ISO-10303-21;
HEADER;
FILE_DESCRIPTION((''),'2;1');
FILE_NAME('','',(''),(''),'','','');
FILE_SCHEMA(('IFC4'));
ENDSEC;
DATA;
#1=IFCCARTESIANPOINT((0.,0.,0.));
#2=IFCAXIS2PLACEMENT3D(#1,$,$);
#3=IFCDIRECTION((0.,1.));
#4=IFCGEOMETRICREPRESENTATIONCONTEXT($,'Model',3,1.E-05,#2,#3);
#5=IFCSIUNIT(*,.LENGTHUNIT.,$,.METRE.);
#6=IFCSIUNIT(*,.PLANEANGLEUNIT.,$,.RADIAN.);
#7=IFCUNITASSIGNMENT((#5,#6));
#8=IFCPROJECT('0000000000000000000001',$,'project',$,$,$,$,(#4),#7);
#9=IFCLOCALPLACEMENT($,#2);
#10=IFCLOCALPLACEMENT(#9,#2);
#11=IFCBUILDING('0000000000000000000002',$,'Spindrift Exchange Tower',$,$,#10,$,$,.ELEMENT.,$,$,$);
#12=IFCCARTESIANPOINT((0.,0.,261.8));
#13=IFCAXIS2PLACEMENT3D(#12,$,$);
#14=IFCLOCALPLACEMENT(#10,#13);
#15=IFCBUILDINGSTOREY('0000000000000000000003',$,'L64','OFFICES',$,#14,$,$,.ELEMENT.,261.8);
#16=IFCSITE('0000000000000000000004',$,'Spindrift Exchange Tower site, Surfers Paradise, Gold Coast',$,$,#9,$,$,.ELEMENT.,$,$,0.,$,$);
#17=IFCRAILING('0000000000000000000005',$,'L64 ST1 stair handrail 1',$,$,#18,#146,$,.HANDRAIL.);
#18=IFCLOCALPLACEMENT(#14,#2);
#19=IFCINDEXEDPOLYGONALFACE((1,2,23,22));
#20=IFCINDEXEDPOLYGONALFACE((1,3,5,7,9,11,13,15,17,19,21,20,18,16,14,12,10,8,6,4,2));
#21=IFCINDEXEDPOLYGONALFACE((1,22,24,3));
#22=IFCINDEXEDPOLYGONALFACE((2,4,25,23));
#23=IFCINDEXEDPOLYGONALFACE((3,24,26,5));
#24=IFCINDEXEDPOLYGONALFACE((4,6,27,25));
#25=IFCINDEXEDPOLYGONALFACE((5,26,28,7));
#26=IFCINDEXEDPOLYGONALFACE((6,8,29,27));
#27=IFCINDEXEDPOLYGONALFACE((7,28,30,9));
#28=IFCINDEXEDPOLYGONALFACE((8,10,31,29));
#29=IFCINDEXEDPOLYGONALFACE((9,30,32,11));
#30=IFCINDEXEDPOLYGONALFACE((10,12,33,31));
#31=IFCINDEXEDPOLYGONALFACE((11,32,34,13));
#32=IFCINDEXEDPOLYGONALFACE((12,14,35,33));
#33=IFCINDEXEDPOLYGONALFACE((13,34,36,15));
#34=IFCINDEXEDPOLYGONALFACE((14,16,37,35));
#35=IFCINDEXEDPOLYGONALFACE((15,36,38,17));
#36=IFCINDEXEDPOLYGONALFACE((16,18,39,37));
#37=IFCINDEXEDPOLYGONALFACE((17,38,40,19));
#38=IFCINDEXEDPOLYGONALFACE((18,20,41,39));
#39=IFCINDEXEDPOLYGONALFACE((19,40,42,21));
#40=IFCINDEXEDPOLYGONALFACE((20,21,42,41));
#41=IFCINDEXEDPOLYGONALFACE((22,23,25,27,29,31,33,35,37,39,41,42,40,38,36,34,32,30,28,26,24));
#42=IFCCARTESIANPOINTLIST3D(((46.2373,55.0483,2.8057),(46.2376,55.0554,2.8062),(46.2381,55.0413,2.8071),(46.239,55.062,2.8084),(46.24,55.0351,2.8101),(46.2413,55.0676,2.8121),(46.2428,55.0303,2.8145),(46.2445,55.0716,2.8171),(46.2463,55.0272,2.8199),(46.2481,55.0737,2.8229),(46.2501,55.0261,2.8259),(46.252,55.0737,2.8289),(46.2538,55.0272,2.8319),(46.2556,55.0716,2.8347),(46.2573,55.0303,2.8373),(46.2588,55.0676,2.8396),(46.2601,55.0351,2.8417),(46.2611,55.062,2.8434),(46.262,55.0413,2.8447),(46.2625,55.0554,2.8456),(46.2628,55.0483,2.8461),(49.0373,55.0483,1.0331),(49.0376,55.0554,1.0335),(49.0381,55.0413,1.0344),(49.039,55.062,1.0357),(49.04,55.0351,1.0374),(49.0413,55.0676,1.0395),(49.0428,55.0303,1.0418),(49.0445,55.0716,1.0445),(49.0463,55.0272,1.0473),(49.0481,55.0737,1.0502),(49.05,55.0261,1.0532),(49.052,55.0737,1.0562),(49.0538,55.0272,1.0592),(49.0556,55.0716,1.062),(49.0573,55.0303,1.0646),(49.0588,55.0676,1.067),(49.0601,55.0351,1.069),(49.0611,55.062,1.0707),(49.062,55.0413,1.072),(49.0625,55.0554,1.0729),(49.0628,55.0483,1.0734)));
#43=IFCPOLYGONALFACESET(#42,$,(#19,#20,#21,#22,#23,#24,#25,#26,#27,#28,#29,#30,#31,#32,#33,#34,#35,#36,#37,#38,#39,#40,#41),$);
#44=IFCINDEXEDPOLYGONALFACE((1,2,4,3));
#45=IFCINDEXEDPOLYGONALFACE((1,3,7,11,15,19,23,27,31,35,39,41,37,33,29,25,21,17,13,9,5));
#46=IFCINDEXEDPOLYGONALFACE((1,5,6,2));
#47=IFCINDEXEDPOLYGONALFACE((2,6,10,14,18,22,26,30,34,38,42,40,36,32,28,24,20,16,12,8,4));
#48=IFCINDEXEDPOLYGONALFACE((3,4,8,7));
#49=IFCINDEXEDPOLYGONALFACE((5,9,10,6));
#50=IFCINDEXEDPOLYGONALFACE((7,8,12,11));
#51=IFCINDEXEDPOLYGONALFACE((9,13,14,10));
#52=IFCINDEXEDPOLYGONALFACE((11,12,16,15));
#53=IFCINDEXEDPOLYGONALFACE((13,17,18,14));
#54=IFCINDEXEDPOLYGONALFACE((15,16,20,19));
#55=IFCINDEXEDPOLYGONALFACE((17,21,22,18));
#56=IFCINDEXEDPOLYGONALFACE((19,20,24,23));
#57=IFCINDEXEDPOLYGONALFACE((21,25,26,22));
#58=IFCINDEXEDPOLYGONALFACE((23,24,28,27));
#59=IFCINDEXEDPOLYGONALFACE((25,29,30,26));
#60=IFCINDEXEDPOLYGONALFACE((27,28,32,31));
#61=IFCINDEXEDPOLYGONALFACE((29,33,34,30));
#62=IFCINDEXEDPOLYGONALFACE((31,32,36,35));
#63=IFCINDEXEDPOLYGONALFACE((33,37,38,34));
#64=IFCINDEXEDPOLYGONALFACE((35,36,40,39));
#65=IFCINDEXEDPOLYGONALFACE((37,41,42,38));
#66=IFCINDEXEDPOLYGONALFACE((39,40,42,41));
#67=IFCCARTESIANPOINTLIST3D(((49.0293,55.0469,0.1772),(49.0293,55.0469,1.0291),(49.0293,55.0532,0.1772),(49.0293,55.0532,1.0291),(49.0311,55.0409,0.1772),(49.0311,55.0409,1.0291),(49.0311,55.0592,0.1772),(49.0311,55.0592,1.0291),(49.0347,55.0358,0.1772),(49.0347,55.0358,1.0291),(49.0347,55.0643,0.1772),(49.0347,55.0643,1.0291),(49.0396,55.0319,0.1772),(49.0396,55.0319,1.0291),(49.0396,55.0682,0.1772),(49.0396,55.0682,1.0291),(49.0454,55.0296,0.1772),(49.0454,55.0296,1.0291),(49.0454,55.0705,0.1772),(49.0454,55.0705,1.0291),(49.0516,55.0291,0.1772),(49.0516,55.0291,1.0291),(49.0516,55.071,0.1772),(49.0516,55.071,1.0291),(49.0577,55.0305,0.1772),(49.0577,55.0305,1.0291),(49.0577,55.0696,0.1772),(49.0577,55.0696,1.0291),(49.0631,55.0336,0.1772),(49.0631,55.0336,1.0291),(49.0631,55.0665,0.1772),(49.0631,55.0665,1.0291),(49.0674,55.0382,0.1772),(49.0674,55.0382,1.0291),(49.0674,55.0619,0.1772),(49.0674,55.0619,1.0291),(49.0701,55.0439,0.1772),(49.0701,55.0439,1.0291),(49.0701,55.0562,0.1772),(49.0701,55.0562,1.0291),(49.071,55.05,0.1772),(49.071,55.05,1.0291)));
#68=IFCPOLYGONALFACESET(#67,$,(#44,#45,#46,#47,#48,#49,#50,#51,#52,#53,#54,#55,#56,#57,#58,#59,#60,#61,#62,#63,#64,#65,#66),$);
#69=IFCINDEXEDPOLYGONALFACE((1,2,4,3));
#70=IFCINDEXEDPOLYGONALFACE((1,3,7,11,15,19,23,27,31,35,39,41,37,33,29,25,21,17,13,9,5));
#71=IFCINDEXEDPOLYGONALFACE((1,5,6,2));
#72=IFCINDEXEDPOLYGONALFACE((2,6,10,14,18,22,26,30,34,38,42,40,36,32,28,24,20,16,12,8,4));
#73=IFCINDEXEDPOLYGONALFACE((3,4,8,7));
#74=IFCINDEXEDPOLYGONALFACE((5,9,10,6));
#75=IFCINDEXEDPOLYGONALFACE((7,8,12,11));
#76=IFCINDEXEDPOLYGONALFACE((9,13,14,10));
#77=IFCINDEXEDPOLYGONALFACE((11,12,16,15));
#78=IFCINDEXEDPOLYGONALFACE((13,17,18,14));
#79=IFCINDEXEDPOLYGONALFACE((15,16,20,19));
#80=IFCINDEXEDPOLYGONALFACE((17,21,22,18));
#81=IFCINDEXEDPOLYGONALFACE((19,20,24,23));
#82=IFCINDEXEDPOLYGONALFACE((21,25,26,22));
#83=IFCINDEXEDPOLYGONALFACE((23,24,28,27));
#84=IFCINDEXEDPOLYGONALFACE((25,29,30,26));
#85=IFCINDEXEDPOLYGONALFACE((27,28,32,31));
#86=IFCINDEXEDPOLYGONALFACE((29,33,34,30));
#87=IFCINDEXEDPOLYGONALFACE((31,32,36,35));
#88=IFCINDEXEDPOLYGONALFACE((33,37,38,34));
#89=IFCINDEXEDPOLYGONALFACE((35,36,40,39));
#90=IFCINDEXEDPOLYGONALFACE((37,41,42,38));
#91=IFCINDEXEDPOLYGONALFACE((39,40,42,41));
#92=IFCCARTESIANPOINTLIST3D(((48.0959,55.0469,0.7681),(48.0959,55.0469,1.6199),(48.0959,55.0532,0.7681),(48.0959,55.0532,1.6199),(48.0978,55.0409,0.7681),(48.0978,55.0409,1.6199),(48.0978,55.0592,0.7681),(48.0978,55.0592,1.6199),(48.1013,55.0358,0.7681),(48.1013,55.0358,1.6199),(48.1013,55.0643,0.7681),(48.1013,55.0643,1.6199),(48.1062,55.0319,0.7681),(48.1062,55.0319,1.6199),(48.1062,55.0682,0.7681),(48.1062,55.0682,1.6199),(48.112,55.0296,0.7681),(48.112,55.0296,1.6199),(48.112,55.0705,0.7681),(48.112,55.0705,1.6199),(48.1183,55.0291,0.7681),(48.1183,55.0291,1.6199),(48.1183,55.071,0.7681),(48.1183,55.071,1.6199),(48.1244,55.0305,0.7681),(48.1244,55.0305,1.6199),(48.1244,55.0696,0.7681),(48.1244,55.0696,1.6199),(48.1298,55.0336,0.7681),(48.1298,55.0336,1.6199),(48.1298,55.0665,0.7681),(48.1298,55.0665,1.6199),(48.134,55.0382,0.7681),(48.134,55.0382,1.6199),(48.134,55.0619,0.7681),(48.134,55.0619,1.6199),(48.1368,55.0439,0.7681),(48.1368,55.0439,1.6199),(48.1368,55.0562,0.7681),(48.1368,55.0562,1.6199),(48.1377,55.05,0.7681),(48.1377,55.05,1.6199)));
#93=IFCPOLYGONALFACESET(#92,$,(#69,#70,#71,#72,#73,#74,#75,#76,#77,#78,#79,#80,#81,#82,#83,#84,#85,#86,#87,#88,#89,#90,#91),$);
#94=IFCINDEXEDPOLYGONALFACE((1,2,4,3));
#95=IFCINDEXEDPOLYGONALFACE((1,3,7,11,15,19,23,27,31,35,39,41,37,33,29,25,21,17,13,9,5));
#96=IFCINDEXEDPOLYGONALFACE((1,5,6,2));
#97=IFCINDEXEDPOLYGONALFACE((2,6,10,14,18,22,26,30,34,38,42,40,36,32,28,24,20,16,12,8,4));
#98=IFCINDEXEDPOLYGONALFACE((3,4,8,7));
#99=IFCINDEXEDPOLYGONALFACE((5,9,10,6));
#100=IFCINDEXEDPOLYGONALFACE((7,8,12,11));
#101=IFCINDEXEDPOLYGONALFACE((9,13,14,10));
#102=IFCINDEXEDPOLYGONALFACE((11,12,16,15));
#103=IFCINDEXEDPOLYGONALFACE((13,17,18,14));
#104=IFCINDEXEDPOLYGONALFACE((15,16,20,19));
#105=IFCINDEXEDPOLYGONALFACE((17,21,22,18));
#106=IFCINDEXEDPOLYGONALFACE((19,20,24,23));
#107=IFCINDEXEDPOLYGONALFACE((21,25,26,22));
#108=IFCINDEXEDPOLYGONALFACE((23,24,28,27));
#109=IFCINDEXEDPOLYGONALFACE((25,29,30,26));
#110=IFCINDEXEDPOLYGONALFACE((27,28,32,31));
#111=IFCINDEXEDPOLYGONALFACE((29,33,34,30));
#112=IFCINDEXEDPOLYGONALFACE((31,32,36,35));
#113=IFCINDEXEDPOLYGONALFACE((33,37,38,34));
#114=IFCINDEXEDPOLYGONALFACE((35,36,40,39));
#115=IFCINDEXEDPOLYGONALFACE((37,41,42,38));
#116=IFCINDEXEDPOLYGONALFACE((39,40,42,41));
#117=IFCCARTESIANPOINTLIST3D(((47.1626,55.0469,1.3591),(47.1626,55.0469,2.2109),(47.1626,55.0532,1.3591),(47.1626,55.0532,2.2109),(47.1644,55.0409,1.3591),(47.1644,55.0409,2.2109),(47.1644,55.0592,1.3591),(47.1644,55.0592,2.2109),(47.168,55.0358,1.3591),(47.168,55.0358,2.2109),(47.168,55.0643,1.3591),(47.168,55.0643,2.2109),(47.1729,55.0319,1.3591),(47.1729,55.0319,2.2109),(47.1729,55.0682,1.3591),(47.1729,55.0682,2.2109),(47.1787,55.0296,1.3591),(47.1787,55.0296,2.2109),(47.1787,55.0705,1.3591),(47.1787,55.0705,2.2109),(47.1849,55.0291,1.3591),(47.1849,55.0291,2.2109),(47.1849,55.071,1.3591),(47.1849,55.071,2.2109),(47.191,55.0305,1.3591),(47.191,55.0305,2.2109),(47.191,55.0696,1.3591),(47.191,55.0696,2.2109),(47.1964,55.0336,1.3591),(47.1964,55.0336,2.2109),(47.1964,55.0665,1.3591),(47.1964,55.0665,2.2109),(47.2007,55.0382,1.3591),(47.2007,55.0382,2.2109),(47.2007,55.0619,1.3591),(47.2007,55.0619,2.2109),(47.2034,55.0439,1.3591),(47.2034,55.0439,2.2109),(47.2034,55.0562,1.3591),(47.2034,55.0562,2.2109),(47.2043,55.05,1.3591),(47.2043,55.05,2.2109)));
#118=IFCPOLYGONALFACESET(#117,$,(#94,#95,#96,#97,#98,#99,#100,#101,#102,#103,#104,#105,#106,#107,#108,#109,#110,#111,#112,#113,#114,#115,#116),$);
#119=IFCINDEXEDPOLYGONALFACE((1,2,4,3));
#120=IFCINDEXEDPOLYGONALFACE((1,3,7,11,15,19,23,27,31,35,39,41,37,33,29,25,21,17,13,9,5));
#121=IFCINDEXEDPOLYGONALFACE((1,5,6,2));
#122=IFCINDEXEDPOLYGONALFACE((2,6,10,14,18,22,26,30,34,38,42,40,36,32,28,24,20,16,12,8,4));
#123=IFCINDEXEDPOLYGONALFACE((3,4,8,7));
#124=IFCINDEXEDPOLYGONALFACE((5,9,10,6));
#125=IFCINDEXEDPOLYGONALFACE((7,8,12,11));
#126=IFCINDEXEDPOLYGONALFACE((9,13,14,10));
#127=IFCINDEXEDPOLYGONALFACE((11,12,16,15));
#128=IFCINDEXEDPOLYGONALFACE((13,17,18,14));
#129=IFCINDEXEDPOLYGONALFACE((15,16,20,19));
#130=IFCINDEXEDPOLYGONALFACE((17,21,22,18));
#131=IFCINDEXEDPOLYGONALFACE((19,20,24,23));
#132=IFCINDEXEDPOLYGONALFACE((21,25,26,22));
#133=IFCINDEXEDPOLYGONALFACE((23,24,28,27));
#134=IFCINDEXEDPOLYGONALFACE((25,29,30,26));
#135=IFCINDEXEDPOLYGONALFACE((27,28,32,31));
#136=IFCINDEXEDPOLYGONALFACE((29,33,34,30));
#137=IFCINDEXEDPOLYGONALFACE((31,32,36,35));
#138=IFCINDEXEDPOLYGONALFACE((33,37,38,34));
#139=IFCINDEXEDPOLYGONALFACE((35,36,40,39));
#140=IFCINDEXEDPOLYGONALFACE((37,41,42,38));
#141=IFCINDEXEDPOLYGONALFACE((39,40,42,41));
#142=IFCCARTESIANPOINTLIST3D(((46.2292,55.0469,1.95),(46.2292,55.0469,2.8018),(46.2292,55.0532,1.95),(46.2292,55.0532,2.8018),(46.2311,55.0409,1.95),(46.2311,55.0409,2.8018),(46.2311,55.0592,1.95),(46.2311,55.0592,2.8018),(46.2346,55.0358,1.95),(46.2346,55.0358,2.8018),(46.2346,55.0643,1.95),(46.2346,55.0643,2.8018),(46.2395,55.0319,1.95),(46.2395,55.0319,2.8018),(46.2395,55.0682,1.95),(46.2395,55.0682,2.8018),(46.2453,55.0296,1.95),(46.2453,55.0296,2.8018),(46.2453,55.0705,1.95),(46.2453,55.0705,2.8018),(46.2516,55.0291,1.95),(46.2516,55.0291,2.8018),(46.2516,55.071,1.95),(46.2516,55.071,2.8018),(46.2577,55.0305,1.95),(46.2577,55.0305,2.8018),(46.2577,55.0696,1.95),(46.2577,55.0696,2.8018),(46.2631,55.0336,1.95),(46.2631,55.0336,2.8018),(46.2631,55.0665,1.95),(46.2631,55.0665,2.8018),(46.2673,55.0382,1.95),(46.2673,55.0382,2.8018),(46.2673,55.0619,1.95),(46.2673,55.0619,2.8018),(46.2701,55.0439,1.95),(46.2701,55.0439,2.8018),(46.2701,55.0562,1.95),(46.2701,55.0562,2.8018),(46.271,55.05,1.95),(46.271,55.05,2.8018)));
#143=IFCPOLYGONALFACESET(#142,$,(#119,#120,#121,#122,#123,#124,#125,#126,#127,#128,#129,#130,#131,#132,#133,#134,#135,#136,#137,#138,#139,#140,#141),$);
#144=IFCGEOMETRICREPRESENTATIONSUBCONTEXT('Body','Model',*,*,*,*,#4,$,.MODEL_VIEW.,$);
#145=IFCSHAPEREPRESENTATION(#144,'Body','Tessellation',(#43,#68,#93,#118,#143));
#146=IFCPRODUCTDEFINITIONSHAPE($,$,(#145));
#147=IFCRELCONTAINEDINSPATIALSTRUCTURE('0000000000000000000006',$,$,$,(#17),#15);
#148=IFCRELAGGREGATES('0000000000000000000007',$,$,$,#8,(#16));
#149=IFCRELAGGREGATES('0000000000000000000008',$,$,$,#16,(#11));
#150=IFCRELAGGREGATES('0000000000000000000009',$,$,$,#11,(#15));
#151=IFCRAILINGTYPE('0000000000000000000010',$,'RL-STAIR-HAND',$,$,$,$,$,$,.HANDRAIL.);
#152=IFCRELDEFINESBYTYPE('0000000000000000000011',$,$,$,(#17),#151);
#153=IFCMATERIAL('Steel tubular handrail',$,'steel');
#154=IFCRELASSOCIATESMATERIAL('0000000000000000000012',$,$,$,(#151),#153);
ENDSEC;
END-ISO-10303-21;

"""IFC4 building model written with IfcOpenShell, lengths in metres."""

from ifc_helpers import new_model, si_unit, direction, frame, origin, origin_2d, place, context, subcontext, project, spatial, circle, extrude, material, type_object, element, save


model = new_model("IFC4")

# Units and contexts
model_context = context("Model", 3, precision=1e-05, world=origin(), true_north=direction((0.0, 1.0)))
body_context = subcontext(model_context, "Body", "Model", "MODEL_VIEW")
ifc_project = project(units=[si_unit("LENGTHUNIT", "METRE"), si_unit("PLANEANGLEUNIT", "RADIAN")], contexts=[model_context])

# Site, building, storey
site_placement = place(None, origin())
site = spatial("IfcSite", under=ifc_project, at=site_placement, Name="Spindrift Exchange Tower site, Surfers Paradise, Gold Coast", CompositionType="ELEMENT", RefElevation=0.0)
building_placement = place(site_placement, origin())
building = spatial("IfcBuilding", under=site, at=building_placement, Name="Spindrift Exchange Tower", CompositionType="ELEMENT")
storey_placement = place(building_placement, frame((0.0, 0.0, 261.8)))
storey = spatial("IfcBuildingStorey", under=building, at=storey_placement, Name="L64", Description="OFFICES", CompositionType="ELEMENT", Elevation=261.8)

# Railing
ifc_material_1 = material(Name="Steel tubular handrail", Category="steel")
railing_type_1 = type_object("IfcRailingType", Name="RL-STAIR-HAND", PredefinedType="HANDRAIL", material=ifc_material_1)
railing_1_placement = place(storey_placement, frame((49.05, 55.05, 0.1772)))
element("IfcRailing", 1, at=railing_1_placement, inside=storey, type_object=railing_type_1, Name="L64 ST1 stair handrail 1", PredefinedType="HANDRAIL", context=body_context, shape_type="SweptSolid", body=[
    extrude(circle(Radius=0.0239, at=origin_2d()), frame((0.0, 0.0, 0.876), z_axis=(-0.844909, 0.0, 0.53491), x_axis=(0.0, -1.0, 0.0)), (0.0, 0.0, 1.0), 3.314),
    extrude(circle(Radius=0.021, at=origin_2d()), origin(), (0.0, 0.0, 1.0), 0.8518),
    extrude(circle(Radius=0.021, at=origin_2d()), frame((-0.9333, 0.0, 0.5908)), (0.0, 0.0, 1.0), 0.8518),
    extrude(circle(Radius=0.021, at=origin_2d()), frame((-1.8667, 0.0, 1.1819)), (0.0, 0.0, 1.0), 0.8518),
    extrude(circle(Radius=0.021, at=origin_2d()), frame((-2.8, 0.0, 1.7727)), (0.0, 0.0, 1.0), 0.8518),
])

save(model, "model.ifc")
